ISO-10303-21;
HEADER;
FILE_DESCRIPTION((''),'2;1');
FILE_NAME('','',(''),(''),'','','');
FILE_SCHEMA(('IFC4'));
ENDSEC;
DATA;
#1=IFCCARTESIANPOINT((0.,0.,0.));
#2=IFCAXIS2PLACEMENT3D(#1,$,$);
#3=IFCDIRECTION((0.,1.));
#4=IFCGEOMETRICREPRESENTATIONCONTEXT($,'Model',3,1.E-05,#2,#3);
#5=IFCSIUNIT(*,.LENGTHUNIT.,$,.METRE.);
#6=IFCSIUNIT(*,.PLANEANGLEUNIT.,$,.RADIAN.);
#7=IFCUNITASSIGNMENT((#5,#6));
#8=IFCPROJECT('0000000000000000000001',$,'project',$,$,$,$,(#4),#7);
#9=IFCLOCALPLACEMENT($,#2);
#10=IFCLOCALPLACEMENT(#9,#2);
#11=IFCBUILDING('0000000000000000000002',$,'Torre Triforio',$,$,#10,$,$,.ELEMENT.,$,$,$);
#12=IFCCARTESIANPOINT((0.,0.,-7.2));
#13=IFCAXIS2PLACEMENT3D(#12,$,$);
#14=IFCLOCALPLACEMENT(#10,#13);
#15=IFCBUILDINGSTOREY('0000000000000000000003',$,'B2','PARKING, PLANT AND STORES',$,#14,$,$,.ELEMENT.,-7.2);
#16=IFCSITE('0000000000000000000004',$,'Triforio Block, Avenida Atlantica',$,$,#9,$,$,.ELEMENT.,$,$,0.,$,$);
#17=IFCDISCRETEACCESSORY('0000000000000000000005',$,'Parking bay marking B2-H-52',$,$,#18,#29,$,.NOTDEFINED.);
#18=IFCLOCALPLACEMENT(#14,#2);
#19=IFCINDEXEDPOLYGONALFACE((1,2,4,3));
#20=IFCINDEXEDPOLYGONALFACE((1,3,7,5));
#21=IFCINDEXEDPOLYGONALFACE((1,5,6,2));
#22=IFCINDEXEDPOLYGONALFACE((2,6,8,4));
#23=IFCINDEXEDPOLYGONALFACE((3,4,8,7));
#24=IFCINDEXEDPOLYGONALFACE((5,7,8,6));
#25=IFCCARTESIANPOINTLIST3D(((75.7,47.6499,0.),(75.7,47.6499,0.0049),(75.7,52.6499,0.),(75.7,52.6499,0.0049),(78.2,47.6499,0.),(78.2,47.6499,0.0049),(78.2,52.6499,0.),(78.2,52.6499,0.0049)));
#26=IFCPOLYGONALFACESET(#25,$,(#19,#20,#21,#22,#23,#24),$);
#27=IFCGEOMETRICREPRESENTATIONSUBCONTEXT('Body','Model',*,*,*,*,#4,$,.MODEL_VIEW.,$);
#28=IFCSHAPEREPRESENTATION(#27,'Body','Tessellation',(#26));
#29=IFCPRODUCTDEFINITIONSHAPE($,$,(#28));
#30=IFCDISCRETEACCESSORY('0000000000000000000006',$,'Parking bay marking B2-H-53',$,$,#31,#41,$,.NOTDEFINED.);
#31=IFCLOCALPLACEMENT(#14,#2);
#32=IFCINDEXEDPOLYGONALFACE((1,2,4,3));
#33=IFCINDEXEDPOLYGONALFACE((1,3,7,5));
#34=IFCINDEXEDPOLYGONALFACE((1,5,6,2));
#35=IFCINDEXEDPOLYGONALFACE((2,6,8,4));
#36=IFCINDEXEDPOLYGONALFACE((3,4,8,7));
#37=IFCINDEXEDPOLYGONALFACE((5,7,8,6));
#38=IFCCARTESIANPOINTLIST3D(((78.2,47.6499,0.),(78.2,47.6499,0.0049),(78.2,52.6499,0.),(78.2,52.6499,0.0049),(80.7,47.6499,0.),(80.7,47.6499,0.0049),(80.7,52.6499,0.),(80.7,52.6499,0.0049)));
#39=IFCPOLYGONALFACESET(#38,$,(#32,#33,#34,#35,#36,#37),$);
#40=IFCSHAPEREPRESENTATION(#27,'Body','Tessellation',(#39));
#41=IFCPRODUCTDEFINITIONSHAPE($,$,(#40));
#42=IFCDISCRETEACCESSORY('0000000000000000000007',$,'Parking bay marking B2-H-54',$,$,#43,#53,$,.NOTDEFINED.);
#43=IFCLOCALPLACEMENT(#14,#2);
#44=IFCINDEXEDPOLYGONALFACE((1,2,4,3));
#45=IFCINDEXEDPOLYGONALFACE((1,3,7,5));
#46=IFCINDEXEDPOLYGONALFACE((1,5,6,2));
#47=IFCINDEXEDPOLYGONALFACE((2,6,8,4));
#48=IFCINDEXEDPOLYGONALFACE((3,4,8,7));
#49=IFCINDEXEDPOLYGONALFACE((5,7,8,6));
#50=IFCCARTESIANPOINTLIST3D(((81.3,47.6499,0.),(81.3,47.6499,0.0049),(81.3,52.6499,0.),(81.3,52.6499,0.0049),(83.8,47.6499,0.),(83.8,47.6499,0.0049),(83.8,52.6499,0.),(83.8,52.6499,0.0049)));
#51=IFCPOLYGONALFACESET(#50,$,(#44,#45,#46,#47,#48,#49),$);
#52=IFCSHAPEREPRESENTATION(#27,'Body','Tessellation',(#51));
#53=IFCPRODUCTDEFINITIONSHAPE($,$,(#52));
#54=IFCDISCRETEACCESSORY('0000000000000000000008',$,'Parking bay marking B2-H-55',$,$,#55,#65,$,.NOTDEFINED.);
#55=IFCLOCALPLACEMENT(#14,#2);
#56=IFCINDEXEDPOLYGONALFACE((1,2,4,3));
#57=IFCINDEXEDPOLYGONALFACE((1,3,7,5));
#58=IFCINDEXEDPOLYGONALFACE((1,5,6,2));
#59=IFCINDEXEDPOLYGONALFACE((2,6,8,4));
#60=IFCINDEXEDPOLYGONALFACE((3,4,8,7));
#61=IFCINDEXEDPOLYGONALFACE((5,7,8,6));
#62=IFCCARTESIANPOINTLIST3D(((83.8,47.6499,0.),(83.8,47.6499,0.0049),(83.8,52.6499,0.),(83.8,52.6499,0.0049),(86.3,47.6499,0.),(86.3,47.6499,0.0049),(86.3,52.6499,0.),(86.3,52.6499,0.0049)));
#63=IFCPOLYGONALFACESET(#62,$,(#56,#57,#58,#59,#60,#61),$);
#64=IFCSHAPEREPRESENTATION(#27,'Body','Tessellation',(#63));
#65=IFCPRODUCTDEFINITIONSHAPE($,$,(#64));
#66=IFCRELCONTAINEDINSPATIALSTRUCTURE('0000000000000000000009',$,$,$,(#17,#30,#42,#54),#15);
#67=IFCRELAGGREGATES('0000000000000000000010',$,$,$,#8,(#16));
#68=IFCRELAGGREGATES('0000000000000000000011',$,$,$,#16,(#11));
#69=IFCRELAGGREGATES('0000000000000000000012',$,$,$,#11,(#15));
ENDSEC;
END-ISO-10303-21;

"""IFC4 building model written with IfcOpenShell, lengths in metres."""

from ifc_helpers import new_model, si_unit, direction, frame, origin, origin_2d, place, context, subcontext, project, spatial, rectangle, extrude, element, save


model = new_model("IFC4")

# Units and contexts
model_context = context("Model", 3, precision=1e-05, world=origin(), true_north=direction((0.0, 1.0)))
body_context = subcontext(model_context, "Body", "Model", "MODEL_VIEW")
ifc_project = project(units=[si_unit("LENGTHUNIT", "METRE"), si_unit("PLANEANGLEUNIT", "RADIAN")], contexts=[model_context])

# Site, building, storey
site_placement = place(None, origin())
site = spatial("IfcSite", under=ifc_project, at=site_placement, Name="Triforio Block, Avenida Atlantica", CompositionType="ELEMENT", RefElevation=0.0)
building_placement = place(site_placement, origin())
building = spatial("IfcBuilding", under=site, at=building_placement, Name="Torre Triforio", CompositionType="ELEMENT")
storey_placement = place(building_placement, frame((0.0, 0.0, -7.2)))
storey = spatial("IfcBuildingStorey", under=building, at=storey_placement, Name="B2", Description="PARKING, PLANT AND STORES", CompositionType="ELEMENT", Elevation=-7.2)

# Discrete accessories
for number, where, z_axis, x_axis, name in (
    (1, (76.95, 50.1499, 0.0), (0.0, 0.0, 1.0), (1.0, 0.0, 0.0), "Parking bay marking B2-H-52"),
    (2, (79.45, 50.1499, 0.0), (0.0, 0.0, 1.0), (1.0, 0.0, 0.0), "Parking bay marking B2-H-53"),
    (3, (82.55, 50.1499, 0.0), (0.0, 0.0, 1.0), (1.0, 0.0, 0.0), "Parking bay marking B2-H-54"),
    (4, (85.05, 50.1499, 0.0), (0.0, 0.0, 1.0), (1.0, 0.0, 0.0), "Parking bay marking B2-H-55"),
):
    element("IfcDiscreteAccessory", number, at=place(storey_placement, frame(where, z_axis=z_axis, x_axis=x_axis)), inside=storey, Name=name, PredefinedType="NOTDEFINED", context=body_context, shape_type="SweptSolid", body=[
        extrude(rectangle(XDim=2.5, YDim=5.0, at=origin_2d()), origin(), (0.0, 0.0, 1.0), 0.0049),
    ])

save(model, "model.ifc")
